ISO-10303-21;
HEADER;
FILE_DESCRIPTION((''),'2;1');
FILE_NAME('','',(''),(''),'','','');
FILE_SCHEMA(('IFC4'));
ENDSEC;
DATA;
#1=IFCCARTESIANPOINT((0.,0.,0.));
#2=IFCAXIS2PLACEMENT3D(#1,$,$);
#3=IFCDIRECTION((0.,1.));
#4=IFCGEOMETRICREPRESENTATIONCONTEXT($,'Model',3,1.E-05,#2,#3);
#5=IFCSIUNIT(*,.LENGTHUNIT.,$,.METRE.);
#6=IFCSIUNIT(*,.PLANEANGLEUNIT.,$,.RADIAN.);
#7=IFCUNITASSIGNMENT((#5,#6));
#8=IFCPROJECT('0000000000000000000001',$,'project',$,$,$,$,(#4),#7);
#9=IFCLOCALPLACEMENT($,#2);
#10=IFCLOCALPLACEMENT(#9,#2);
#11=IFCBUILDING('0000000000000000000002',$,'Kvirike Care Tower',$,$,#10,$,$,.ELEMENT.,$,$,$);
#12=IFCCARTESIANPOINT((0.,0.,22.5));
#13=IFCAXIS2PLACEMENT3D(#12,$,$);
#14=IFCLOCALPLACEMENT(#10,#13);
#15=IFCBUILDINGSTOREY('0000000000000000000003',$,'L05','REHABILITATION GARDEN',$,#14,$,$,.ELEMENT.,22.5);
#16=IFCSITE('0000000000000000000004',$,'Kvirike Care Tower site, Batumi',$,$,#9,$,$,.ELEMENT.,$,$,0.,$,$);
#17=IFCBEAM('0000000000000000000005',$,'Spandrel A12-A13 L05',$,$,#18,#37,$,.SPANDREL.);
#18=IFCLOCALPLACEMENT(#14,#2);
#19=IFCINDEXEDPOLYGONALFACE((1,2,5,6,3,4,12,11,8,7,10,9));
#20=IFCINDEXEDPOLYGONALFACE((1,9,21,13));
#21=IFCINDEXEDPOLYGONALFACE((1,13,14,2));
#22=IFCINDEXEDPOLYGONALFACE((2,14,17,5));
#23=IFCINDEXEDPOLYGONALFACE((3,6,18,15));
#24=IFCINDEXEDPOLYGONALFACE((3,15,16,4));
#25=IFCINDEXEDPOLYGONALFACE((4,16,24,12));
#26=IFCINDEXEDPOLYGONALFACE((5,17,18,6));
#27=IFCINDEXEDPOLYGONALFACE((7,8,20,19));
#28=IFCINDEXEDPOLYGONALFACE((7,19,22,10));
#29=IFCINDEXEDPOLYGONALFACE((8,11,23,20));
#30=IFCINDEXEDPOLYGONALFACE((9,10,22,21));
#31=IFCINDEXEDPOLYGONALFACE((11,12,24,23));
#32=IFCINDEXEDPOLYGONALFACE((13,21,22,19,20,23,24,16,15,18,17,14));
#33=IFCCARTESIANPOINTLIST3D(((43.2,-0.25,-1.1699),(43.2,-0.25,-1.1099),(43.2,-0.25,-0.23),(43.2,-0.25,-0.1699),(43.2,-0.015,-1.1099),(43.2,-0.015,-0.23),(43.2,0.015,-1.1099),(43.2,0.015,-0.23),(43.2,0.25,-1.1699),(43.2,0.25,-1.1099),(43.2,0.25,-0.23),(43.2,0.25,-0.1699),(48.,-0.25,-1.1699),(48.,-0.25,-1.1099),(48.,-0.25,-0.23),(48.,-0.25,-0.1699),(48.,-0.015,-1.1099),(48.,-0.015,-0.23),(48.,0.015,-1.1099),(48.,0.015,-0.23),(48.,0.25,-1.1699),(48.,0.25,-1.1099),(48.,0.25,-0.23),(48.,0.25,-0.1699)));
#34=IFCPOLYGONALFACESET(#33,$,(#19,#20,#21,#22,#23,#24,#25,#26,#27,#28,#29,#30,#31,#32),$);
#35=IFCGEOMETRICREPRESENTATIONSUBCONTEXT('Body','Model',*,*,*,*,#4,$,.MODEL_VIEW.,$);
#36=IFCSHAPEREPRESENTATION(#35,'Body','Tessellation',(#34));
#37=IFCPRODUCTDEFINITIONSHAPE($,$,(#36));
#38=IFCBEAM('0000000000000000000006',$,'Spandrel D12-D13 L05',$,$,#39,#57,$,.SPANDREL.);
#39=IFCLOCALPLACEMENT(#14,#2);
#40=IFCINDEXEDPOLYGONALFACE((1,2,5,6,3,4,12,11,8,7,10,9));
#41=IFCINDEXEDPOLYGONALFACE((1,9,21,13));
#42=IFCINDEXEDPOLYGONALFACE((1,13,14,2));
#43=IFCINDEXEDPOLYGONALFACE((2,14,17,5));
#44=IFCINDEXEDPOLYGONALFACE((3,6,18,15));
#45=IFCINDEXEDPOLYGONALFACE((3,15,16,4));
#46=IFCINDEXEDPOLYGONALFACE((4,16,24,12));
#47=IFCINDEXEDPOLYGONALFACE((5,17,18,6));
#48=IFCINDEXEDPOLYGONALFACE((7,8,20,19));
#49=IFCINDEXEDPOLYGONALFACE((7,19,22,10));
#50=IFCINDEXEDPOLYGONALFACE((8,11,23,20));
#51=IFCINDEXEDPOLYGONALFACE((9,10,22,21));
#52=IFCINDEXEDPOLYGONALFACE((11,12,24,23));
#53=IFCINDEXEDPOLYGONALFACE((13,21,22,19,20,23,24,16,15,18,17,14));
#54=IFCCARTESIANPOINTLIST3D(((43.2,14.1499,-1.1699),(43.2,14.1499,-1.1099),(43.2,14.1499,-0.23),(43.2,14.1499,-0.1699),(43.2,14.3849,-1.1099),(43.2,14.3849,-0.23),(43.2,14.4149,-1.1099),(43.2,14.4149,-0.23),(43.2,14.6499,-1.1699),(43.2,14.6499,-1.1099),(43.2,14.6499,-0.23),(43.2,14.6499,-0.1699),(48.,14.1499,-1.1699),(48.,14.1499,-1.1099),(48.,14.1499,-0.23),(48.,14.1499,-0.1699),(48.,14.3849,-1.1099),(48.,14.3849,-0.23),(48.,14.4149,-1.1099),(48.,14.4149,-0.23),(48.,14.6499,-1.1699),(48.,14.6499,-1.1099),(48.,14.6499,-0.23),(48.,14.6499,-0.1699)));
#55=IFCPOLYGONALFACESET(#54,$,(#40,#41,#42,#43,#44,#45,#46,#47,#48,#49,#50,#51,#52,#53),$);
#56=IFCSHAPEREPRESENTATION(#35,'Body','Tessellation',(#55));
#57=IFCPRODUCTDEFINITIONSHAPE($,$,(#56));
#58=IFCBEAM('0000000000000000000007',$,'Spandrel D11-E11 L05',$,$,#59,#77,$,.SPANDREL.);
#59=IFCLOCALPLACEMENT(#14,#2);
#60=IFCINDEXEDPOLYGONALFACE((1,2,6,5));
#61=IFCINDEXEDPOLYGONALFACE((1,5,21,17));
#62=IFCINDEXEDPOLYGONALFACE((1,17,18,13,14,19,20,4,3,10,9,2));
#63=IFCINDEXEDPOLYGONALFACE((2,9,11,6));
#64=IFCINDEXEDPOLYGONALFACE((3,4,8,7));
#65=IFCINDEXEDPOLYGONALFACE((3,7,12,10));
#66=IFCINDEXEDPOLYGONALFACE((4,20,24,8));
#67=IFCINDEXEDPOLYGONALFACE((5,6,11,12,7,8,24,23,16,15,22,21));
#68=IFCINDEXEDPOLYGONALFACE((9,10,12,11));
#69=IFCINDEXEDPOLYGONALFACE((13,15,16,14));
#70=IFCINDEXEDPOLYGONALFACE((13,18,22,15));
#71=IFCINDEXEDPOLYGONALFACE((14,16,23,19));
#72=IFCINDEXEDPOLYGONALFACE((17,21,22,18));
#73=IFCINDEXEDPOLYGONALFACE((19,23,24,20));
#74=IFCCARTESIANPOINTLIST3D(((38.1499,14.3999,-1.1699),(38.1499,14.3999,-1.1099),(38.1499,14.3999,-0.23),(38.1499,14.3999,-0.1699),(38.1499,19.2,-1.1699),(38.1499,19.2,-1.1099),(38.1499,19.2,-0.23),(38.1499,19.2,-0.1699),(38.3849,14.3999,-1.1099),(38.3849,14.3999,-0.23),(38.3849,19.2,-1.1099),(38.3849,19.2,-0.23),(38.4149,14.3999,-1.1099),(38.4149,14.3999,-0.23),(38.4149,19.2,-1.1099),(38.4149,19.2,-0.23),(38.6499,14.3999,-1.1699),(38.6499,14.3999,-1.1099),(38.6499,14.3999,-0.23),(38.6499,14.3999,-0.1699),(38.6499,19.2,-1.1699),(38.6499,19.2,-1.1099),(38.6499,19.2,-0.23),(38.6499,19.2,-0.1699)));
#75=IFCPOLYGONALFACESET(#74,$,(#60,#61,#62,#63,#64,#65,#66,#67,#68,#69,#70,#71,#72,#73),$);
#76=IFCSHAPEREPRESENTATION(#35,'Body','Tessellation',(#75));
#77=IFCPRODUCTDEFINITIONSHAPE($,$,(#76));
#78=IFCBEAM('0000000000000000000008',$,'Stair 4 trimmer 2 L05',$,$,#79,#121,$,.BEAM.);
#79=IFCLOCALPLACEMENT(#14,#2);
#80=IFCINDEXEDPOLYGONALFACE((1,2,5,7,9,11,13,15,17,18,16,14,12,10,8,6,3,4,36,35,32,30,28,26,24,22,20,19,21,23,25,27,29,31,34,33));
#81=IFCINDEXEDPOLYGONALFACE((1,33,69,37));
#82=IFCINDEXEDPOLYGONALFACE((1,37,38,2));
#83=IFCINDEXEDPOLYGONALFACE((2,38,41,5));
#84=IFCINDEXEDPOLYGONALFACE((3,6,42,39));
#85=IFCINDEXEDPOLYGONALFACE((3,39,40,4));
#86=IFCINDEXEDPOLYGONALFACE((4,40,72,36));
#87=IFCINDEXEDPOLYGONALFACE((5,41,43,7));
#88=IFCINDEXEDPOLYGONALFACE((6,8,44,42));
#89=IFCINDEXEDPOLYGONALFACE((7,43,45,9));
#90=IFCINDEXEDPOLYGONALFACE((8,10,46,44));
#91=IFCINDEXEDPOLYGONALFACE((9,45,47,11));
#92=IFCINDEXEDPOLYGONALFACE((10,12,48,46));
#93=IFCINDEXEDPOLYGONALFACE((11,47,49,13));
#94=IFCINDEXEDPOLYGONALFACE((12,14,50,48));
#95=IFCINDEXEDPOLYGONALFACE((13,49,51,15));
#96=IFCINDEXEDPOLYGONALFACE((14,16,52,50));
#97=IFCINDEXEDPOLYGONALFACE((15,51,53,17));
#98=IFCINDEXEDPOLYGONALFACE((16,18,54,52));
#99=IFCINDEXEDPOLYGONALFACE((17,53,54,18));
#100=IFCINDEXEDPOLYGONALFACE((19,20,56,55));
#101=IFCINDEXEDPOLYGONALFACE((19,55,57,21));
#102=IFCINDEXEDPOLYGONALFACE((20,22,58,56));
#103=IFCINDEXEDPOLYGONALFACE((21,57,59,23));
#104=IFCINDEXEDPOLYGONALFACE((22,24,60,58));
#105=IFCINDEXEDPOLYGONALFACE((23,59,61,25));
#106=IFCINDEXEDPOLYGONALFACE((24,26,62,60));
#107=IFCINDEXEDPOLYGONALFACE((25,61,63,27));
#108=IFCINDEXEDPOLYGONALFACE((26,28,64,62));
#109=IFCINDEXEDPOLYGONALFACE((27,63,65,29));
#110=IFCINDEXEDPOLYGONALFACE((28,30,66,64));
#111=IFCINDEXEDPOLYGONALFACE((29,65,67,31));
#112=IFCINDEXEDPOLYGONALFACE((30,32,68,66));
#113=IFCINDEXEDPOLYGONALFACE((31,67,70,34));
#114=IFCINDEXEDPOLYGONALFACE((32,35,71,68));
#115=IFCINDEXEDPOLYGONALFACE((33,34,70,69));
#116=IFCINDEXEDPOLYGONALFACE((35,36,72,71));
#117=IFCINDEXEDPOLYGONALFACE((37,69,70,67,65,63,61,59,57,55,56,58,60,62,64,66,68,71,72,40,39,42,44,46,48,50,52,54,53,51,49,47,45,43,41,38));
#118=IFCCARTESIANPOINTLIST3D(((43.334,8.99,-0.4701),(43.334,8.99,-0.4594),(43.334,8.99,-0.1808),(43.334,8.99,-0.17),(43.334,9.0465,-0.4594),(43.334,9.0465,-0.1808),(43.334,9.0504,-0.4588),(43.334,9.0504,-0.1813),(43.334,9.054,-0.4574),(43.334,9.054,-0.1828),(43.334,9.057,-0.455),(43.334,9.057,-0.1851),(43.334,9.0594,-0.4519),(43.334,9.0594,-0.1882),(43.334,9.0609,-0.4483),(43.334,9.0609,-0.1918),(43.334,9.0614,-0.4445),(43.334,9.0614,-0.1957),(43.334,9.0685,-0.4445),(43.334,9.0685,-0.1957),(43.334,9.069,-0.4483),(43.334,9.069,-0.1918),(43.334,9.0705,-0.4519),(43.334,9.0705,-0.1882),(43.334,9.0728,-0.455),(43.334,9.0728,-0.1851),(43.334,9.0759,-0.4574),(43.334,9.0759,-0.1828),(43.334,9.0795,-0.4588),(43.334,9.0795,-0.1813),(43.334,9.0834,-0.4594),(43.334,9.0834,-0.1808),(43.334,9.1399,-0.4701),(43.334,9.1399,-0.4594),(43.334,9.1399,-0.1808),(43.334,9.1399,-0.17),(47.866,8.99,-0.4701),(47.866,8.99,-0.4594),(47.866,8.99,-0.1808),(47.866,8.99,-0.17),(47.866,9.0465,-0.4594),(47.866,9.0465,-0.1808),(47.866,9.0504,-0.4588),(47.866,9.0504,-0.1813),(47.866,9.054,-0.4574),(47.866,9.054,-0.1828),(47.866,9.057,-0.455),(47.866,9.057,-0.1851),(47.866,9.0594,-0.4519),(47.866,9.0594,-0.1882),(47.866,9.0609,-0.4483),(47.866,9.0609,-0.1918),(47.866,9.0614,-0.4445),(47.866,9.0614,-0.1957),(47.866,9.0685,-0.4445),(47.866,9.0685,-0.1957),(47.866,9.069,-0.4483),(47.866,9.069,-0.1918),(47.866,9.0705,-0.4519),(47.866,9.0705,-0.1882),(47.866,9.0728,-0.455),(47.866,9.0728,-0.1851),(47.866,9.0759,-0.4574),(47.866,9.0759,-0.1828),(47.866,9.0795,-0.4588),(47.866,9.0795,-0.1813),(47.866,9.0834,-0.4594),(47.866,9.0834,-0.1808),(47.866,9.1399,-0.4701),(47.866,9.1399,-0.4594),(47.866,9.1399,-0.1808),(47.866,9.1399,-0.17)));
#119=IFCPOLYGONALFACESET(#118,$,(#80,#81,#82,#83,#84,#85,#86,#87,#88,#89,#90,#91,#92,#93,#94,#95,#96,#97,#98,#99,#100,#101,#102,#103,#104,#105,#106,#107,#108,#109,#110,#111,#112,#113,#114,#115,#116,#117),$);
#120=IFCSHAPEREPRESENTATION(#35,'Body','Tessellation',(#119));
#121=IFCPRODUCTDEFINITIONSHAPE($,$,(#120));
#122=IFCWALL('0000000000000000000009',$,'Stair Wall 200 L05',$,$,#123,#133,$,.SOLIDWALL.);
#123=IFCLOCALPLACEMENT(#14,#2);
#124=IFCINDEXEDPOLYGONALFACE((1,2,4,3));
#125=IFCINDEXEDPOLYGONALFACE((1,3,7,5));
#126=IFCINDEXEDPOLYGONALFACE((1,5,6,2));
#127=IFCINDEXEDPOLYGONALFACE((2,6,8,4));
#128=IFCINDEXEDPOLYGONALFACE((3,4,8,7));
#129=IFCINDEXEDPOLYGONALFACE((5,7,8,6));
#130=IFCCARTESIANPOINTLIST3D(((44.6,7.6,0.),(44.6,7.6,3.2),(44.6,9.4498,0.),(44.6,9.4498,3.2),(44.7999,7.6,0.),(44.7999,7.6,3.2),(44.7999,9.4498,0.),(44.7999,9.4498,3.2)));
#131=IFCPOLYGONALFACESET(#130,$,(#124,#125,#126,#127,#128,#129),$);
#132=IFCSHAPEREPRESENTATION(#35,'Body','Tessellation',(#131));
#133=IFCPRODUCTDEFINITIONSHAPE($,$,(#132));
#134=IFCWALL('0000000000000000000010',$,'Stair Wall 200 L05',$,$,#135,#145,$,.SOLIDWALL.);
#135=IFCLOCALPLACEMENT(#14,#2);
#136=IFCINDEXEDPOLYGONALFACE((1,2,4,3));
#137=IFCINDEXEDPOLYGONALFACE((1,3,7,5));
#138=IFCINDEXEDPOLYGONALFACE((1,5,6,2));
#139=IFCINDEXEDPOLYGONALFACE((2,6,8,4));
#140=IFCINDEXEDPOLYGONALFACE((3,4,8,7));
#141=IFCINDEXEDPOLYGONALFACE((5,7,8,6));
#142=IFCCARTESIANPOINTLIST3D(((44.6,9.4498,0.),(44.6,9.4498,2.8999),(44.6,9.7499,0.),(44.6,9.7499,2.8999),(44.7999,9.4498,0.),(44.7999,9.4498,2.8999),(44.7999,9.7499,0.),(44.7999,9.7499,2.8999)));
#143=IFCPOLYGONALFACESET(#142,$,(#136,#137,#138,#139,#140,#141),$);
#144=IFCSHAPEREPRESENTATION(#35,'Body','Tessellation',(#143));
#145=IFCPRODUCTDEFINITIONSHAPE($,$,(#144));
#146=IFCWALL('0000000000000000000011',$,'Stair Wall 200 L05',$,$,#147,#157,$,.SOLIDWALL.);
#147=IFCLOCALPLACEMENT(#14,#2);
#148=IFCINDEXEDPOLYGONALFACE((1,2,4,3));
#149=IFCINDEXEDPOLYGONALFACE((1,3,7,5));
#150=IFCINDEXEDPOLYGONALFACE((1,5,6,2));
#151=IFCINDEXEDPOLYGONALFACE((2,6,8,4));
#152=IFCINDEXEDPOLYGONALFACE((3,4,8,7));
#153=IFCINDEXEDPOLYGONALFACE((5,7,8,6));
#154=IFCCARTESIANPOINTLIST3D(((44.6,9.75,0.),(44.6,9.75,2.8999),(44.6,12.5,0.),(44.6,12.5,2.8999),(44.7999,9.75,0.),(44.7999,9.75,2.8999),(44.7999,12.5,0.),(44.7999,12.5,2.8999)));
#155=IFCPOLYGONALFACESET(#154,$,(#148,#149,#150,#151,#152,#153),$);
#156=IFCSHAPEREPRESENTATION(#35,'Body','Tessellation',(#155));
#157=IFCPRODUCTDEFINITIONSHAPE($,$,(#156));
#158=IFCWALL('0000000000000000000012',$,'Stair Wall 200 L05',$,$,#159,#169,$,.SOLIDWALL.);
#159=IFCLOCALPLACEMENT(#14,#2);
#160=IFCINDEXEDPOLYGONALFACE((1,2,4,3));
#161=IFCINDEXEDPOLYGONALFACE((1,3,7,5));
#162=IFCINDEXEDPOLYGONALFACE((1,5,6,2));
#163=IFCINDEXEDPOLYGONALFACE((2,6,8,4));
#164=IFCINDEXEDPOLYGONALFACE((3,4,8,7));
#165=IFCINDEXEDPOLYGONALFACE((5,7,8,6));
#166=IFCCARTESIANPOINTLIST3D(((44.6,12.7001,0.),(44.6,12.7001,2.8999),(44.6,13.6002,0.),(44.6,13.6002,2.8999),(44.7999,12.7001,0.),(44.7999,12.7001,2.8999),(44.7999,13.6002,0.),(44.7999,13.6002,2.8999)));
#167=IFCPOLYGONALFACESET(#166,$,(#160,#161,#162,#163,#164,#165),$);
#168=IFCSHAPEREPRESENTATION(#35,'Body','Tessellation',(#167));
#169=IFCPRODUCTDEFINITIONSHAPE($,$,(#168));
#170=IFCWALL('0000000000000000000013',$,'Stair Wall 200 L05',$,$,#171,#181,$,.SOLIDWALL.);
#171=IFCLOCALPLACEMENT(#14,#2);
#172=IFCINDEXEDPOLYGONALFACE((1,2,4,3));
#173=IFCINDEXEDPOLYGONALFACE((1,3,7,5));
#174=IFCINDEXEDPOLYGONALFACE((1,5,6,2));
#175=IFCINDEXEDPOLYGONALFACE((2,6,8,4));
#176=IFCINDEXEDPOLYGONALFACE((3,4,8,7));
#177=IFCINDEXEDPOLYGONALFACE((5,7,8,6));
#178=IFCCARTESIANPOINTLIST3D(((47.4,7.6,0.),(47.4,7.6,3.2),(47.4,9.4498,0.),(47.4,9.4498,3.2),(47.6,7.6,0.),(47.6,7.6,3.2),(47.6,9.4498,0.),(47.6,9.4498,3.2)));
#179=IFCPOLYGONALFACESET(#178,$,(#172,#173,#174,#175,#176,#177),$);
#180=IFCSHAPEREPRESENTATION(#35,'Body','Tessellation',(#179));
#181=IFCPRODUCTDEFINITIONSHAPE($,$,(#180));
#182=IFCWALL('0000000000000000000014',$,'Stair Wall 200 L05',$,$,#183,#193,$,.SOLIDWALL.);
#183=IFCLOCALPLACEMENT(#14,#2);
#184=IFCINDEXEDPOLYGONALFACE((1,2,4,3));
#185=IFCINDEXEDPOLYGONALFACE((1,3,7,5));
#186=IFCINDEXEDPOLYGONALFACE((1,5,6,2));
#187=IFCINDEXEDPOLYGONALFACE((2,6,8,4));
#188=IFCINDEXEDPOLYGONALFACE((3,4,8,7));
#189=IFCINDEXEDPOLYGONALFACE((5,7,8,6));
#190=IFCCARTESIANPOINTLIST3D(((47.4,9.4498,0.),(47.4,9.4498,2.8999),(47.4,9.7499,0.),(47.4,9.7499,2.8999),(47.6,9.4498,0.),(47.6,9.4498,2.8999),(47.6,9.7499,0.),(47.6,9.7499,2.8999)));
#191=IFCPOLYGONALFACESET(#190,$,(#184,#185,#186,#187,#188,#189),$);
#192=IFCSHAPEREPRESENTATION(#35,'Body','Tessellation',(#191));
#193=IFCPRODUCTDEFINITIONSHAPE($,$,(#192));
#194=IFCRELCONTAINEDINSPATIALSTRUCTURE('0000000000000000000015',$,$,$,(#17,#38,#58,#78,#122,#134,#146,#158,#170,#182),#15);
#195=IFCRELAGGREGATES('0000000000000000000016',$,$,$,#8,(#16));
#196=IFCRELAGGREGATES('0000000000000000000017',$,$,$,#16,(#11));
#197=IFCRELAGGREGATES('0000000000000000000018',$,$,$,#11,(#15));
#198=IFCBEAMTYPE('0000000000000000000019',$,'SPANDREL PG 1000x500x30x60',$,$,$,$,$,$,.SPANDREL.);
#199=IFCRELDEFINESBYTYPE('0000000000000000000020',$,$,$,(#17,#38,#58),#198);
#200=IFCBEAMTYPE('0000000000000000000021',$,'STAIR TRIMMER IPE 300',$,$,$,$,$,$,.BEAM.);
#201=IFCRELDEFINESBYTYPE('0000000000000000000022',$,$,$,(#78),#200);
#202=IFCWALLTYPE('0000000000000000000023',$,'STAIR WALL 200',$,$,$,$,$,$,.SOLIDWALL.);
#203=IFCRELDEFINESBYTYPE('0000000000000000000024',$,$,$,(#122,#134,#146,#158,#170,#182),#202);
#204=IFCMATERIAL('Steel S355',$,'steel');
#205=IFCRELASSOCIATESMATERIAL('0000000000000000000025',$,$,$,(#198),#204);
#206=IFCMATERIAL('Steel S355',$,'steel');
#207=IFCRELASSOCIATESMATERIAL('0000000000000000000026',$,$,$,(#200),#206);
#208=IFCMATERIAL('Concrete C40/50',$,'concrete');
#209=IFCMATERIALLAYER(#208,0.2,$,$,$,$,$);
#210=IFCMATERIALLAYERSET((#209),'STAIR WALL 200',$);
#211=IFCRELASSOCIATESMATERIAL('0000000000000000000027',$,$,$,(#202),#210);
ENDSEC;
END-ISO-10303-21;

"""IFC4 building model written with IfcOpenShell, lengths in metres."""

from ifc_helpers import new_model, si_unit, direction, frame, frame_2d, origin, origin_2d, place, context, subcontext, project, spatial, rectangle, i_section, extrude, material, layer, layer_set, material_profile, profile_set, type_object, element, save


model = new_model("IFC4")

# Units and contexts
model_context = context("Model", 3, precision=1e-05, world=origin(), true_north=direction((0.0, 1.0)))
body_context = subcontext(model_context, "Body", "Model", "MODEL_VIEW")
ifc_project = project(units=[si_unit("LENGTHUNIT", "METRE"), si_unit("PLANEANGLEUNIT", "RADIAN")], contexts=[model_context])

# Site, building, storey
site_placement = place(None, origin())
site = spatial("IfcSite", under=ifc_project, at=site_placement, Name="Kvirike Care Tower site, Batumi", CompositionType="ELEMENT", RefElevation=0.0)
building_placement = place(site_placement, origin())
building = spatial("IfcBuilding", under=site, at=building_placement, Name="Kvirike Care Tower", CompositionType="ELEMENT")
storey_placement = place(building_placement, frame((0.0, 0.0, 22.5)))
storey = spatial("IfcBuildingStorey", under=building, at=storey_placement, Name="L05", Description="REHABILITATION GARDEN", CompositionType="ELEMENT", Elevation=22.5)

# Beams
ifc_material_1 = material(Name="Steel S355", Category="steel")
ifc_material_profile_1 = material_profile(ifc_material_1, i_section(OverallWidth=0.5, OverallDepth=1.0, WebThickness=0.03, FlangeThickness=0.0601, at=origin_2d()), Name="PG 1000x500x30x60")
ifc_profile_set_1 = profile_set([ifc_material_profile_1], Name="Steel S355")
beam_type_1 = type_object("IfcBeamType", Name="SPANDREL PG 1000x500x30x60", PredefinedType="SPANDREL", material=ifc_profile_set_1)
for number, where, z_axis, x_axis, name in (
    (1, (43.2, 0.0, -0.6699), (1.0, 0.0, 0.0), (0.0, 1.0, 0.0), "Spandrel A12-A13 L05"),
    (2, (43.2, 14.3999, -0.6699), (1.0, 0.0, 0.0), (0.0, 1.0, 0.0), "Spandrel D12-D13 L05"),
    (3, (38.3999, 14.3999, -0.6699), (0.0, 1.0, 0.0), (-1.0, 0.0, 0.0), "Spandrel D11-E11 L05"),
):
    element("IfcBeam", number, at=place(storey_placement, frame(where, z_axis=z_axis, x_axis=x_axis)), inside=storey, type_object=beam_type_1, Name=name, PredefinedType="SPANDREL", context=body_context, shape_type="SweptSolid", body=[
        extrude(i_section(OverallWidth=0.5, OverallDepth=1.0, WebThickness=0.03, FlangeThickness=0.0601, at=origin_2d()), origin(), (0.0, 0.0, 1.0), 4.8),
    ])
ifc_material_2 = material(Name="Steel S355", Category="steel")
ifc_material_profile_2 = material_profile(ifc_material_2, i_section(OverallWidth=0.1499, OverallDepth=0.3, WebThickness=0.0071, FlangeThickness=0.0107, FilletRadius=0.0149, at=origin_2d()), Name="IPE 300")
ifc_profile_set_2 = profile_set([ifc_material_profile_2], Name="Steel S355")
beam_type_2 = type_object("IfcBeamType", Name="STAIR TRIMMER IPE 300", PredefinedType="BEAM", material=ifc_profile_set_2)
beam_1_placement = place(storey_placement, frame((43.334, 9.0649, -0.3201), z_axis=(1.0, 0.0, 0.0), x_axis=(0.0, 1.0, 0.0)))
element("IfcBeam", 4, at=beam_1_placement, inside=storey, type_object=beam_type_2, Name="Stair 4 trimmer 2 L05", PredefinedType="BEAM", context=body_context, shape_type="SweptSolid", body=[
    extrude(i_section(OverallWidth=0.1499, OverallDepth=0.3, WebThickness=0.0071, FlangeThickness=0.0107, FilletRadius=0.0149, at=origin_2d()), origin(), (0.0, 0.0, 1.0), 4.532),
])

# Walls
ifc_material_3 = material(Name="Concrete C40/50", Category="concrete")
ifc_layer_1 = layer(ifc_material_3, 0.2)
ifc_layer_set_1 = layer_set([ifc_layer_1], Name="STAIR WALL 200")
wall_type_1 = type_object("IfcWallType", Name="STAIR WALL 200", PredefinedType="SOLIDWALL", material=ifc_layer_set_1)
wall_1_placement = place(storey_placement, frame((44.7, 7.6001, 0.0), z_axis=(0.0, 0.0, 1.0), x_axis=(0.0, 1.0, 0.0)))
element("IfcWall", 5, at=wall_1_placement, inside=storey, type_object=wall_type_1, Name="Stair Wall 200 L05", PredefinedType="SOLIDWALL", context=body_context, shape_type="SweptSolid", body=[
    extrude(rectangle(XDim=1.8499, YDim=0.2, at=frame_2d((0.9248, 0.0))), origin(), (0.0, 0.0, 1.0), 3.2),
])
wall_2_placement = place(storey_placement, frame((44.7, 9.45, 0.0), z_axis=(0.0, 0.0, 1.0), x_axis=(0.0, 1.0, 0.0)))
element("IfcWall", 6, at=wall_2_placement, inside=storey, type_object=wall_type_1, Name="Stair Wall 200 L05", PredefinedType="SOLIDWALL", context=body_context, shape_type="SweptSolid", body=[
    extrude(rectangle(XDim=0.3, YDim=0.2, at=frame_2d((0.1499, 0.0))), origin(), (0.0, 0.0, 1.0), 2.8999),
])
wall_3_placement = place(storey_placement, frame((44.7, 9.75, 0.0), z_axis=(0.0, 0.0, 1.0), x_axis=(0.0, 1.0, 0.0)))
element("IfcWall", 7, at=wall_3_placement, inside=storey, type_object=wall_type_1, Name="Stair Wall 200 L05", PredefinedType="SOLIDWALL", context=body_context, shape_type="SweptSolid", body=[
    extrude(rectangle(XDim=2.75, YDim=0.2, at=frame_2d((1.375, 0.0))), origin(), (0.0, 0.0, 1.0), 2.8999),
])
wall_4_placement = place(storey_placement, frame((44.7, 12.7, 0.0), z_axis=(0.0, 0.0, 1.0), x_axis=(0.0, 1.0, 0.0)))
element("IfcWall", 8, at=wall_4_placement, inside=storey, type_object=wall_type_1, Name="Stair Wall 200 L05", PredefinedType="SOLIDWALL", context=body_context, shape_type="SweptSolid", body=[
    extrude(rectangle(XDim=0.9001, YDim=0.2, at=frame_2d((0.4502, 0.0))), origin(), (0.0, 0.0, 1.0), 2.8999),
])
wall_5_placement = place(storey_placement, frame((47.5, 7.6001, 0.0), z_axis=(0.0, 0.0, 1.0), x_axis=(0.0, 1.0, 0.0)))
element("IfcWall", 9, at=wall_5_placement, inside=storey, type_object=wall_type_1, Name="Stair Wall 200 L05", PredefinedType="SOLIDWALL", context=body_context, shape_type="SweptSolid", body=[
    extrude(rectangle(XDim=1.8499, YDim=0.2, at=frame_2d((0.9248, 0.0))), origin(), (0.0, 0.0, 1.0), 3.2),
])
wall_6_placement = place(storey_placement, frame((47.5, 9.45, 0.0), z_axis=(0.0, 0.0, 1.0), x_axis=(0.0, 1.0, 0.0)))
element("IfcWall", 10, at=wall_6_placement, inside=storey, type_object=wall_type_1, Name="Stair Wall 200 L05", PredefinedType="SOLIDWALL", context=body_context, shape_type="SweptSolid", body=[
    extrude(rectangle(XDim=0.3, YDim=0.2, at=frame_2d((0.1499, 0.0))), origin(), (0.0, 0.0, 1.0), 2.8999),
])

save(model, "model.ifc")
